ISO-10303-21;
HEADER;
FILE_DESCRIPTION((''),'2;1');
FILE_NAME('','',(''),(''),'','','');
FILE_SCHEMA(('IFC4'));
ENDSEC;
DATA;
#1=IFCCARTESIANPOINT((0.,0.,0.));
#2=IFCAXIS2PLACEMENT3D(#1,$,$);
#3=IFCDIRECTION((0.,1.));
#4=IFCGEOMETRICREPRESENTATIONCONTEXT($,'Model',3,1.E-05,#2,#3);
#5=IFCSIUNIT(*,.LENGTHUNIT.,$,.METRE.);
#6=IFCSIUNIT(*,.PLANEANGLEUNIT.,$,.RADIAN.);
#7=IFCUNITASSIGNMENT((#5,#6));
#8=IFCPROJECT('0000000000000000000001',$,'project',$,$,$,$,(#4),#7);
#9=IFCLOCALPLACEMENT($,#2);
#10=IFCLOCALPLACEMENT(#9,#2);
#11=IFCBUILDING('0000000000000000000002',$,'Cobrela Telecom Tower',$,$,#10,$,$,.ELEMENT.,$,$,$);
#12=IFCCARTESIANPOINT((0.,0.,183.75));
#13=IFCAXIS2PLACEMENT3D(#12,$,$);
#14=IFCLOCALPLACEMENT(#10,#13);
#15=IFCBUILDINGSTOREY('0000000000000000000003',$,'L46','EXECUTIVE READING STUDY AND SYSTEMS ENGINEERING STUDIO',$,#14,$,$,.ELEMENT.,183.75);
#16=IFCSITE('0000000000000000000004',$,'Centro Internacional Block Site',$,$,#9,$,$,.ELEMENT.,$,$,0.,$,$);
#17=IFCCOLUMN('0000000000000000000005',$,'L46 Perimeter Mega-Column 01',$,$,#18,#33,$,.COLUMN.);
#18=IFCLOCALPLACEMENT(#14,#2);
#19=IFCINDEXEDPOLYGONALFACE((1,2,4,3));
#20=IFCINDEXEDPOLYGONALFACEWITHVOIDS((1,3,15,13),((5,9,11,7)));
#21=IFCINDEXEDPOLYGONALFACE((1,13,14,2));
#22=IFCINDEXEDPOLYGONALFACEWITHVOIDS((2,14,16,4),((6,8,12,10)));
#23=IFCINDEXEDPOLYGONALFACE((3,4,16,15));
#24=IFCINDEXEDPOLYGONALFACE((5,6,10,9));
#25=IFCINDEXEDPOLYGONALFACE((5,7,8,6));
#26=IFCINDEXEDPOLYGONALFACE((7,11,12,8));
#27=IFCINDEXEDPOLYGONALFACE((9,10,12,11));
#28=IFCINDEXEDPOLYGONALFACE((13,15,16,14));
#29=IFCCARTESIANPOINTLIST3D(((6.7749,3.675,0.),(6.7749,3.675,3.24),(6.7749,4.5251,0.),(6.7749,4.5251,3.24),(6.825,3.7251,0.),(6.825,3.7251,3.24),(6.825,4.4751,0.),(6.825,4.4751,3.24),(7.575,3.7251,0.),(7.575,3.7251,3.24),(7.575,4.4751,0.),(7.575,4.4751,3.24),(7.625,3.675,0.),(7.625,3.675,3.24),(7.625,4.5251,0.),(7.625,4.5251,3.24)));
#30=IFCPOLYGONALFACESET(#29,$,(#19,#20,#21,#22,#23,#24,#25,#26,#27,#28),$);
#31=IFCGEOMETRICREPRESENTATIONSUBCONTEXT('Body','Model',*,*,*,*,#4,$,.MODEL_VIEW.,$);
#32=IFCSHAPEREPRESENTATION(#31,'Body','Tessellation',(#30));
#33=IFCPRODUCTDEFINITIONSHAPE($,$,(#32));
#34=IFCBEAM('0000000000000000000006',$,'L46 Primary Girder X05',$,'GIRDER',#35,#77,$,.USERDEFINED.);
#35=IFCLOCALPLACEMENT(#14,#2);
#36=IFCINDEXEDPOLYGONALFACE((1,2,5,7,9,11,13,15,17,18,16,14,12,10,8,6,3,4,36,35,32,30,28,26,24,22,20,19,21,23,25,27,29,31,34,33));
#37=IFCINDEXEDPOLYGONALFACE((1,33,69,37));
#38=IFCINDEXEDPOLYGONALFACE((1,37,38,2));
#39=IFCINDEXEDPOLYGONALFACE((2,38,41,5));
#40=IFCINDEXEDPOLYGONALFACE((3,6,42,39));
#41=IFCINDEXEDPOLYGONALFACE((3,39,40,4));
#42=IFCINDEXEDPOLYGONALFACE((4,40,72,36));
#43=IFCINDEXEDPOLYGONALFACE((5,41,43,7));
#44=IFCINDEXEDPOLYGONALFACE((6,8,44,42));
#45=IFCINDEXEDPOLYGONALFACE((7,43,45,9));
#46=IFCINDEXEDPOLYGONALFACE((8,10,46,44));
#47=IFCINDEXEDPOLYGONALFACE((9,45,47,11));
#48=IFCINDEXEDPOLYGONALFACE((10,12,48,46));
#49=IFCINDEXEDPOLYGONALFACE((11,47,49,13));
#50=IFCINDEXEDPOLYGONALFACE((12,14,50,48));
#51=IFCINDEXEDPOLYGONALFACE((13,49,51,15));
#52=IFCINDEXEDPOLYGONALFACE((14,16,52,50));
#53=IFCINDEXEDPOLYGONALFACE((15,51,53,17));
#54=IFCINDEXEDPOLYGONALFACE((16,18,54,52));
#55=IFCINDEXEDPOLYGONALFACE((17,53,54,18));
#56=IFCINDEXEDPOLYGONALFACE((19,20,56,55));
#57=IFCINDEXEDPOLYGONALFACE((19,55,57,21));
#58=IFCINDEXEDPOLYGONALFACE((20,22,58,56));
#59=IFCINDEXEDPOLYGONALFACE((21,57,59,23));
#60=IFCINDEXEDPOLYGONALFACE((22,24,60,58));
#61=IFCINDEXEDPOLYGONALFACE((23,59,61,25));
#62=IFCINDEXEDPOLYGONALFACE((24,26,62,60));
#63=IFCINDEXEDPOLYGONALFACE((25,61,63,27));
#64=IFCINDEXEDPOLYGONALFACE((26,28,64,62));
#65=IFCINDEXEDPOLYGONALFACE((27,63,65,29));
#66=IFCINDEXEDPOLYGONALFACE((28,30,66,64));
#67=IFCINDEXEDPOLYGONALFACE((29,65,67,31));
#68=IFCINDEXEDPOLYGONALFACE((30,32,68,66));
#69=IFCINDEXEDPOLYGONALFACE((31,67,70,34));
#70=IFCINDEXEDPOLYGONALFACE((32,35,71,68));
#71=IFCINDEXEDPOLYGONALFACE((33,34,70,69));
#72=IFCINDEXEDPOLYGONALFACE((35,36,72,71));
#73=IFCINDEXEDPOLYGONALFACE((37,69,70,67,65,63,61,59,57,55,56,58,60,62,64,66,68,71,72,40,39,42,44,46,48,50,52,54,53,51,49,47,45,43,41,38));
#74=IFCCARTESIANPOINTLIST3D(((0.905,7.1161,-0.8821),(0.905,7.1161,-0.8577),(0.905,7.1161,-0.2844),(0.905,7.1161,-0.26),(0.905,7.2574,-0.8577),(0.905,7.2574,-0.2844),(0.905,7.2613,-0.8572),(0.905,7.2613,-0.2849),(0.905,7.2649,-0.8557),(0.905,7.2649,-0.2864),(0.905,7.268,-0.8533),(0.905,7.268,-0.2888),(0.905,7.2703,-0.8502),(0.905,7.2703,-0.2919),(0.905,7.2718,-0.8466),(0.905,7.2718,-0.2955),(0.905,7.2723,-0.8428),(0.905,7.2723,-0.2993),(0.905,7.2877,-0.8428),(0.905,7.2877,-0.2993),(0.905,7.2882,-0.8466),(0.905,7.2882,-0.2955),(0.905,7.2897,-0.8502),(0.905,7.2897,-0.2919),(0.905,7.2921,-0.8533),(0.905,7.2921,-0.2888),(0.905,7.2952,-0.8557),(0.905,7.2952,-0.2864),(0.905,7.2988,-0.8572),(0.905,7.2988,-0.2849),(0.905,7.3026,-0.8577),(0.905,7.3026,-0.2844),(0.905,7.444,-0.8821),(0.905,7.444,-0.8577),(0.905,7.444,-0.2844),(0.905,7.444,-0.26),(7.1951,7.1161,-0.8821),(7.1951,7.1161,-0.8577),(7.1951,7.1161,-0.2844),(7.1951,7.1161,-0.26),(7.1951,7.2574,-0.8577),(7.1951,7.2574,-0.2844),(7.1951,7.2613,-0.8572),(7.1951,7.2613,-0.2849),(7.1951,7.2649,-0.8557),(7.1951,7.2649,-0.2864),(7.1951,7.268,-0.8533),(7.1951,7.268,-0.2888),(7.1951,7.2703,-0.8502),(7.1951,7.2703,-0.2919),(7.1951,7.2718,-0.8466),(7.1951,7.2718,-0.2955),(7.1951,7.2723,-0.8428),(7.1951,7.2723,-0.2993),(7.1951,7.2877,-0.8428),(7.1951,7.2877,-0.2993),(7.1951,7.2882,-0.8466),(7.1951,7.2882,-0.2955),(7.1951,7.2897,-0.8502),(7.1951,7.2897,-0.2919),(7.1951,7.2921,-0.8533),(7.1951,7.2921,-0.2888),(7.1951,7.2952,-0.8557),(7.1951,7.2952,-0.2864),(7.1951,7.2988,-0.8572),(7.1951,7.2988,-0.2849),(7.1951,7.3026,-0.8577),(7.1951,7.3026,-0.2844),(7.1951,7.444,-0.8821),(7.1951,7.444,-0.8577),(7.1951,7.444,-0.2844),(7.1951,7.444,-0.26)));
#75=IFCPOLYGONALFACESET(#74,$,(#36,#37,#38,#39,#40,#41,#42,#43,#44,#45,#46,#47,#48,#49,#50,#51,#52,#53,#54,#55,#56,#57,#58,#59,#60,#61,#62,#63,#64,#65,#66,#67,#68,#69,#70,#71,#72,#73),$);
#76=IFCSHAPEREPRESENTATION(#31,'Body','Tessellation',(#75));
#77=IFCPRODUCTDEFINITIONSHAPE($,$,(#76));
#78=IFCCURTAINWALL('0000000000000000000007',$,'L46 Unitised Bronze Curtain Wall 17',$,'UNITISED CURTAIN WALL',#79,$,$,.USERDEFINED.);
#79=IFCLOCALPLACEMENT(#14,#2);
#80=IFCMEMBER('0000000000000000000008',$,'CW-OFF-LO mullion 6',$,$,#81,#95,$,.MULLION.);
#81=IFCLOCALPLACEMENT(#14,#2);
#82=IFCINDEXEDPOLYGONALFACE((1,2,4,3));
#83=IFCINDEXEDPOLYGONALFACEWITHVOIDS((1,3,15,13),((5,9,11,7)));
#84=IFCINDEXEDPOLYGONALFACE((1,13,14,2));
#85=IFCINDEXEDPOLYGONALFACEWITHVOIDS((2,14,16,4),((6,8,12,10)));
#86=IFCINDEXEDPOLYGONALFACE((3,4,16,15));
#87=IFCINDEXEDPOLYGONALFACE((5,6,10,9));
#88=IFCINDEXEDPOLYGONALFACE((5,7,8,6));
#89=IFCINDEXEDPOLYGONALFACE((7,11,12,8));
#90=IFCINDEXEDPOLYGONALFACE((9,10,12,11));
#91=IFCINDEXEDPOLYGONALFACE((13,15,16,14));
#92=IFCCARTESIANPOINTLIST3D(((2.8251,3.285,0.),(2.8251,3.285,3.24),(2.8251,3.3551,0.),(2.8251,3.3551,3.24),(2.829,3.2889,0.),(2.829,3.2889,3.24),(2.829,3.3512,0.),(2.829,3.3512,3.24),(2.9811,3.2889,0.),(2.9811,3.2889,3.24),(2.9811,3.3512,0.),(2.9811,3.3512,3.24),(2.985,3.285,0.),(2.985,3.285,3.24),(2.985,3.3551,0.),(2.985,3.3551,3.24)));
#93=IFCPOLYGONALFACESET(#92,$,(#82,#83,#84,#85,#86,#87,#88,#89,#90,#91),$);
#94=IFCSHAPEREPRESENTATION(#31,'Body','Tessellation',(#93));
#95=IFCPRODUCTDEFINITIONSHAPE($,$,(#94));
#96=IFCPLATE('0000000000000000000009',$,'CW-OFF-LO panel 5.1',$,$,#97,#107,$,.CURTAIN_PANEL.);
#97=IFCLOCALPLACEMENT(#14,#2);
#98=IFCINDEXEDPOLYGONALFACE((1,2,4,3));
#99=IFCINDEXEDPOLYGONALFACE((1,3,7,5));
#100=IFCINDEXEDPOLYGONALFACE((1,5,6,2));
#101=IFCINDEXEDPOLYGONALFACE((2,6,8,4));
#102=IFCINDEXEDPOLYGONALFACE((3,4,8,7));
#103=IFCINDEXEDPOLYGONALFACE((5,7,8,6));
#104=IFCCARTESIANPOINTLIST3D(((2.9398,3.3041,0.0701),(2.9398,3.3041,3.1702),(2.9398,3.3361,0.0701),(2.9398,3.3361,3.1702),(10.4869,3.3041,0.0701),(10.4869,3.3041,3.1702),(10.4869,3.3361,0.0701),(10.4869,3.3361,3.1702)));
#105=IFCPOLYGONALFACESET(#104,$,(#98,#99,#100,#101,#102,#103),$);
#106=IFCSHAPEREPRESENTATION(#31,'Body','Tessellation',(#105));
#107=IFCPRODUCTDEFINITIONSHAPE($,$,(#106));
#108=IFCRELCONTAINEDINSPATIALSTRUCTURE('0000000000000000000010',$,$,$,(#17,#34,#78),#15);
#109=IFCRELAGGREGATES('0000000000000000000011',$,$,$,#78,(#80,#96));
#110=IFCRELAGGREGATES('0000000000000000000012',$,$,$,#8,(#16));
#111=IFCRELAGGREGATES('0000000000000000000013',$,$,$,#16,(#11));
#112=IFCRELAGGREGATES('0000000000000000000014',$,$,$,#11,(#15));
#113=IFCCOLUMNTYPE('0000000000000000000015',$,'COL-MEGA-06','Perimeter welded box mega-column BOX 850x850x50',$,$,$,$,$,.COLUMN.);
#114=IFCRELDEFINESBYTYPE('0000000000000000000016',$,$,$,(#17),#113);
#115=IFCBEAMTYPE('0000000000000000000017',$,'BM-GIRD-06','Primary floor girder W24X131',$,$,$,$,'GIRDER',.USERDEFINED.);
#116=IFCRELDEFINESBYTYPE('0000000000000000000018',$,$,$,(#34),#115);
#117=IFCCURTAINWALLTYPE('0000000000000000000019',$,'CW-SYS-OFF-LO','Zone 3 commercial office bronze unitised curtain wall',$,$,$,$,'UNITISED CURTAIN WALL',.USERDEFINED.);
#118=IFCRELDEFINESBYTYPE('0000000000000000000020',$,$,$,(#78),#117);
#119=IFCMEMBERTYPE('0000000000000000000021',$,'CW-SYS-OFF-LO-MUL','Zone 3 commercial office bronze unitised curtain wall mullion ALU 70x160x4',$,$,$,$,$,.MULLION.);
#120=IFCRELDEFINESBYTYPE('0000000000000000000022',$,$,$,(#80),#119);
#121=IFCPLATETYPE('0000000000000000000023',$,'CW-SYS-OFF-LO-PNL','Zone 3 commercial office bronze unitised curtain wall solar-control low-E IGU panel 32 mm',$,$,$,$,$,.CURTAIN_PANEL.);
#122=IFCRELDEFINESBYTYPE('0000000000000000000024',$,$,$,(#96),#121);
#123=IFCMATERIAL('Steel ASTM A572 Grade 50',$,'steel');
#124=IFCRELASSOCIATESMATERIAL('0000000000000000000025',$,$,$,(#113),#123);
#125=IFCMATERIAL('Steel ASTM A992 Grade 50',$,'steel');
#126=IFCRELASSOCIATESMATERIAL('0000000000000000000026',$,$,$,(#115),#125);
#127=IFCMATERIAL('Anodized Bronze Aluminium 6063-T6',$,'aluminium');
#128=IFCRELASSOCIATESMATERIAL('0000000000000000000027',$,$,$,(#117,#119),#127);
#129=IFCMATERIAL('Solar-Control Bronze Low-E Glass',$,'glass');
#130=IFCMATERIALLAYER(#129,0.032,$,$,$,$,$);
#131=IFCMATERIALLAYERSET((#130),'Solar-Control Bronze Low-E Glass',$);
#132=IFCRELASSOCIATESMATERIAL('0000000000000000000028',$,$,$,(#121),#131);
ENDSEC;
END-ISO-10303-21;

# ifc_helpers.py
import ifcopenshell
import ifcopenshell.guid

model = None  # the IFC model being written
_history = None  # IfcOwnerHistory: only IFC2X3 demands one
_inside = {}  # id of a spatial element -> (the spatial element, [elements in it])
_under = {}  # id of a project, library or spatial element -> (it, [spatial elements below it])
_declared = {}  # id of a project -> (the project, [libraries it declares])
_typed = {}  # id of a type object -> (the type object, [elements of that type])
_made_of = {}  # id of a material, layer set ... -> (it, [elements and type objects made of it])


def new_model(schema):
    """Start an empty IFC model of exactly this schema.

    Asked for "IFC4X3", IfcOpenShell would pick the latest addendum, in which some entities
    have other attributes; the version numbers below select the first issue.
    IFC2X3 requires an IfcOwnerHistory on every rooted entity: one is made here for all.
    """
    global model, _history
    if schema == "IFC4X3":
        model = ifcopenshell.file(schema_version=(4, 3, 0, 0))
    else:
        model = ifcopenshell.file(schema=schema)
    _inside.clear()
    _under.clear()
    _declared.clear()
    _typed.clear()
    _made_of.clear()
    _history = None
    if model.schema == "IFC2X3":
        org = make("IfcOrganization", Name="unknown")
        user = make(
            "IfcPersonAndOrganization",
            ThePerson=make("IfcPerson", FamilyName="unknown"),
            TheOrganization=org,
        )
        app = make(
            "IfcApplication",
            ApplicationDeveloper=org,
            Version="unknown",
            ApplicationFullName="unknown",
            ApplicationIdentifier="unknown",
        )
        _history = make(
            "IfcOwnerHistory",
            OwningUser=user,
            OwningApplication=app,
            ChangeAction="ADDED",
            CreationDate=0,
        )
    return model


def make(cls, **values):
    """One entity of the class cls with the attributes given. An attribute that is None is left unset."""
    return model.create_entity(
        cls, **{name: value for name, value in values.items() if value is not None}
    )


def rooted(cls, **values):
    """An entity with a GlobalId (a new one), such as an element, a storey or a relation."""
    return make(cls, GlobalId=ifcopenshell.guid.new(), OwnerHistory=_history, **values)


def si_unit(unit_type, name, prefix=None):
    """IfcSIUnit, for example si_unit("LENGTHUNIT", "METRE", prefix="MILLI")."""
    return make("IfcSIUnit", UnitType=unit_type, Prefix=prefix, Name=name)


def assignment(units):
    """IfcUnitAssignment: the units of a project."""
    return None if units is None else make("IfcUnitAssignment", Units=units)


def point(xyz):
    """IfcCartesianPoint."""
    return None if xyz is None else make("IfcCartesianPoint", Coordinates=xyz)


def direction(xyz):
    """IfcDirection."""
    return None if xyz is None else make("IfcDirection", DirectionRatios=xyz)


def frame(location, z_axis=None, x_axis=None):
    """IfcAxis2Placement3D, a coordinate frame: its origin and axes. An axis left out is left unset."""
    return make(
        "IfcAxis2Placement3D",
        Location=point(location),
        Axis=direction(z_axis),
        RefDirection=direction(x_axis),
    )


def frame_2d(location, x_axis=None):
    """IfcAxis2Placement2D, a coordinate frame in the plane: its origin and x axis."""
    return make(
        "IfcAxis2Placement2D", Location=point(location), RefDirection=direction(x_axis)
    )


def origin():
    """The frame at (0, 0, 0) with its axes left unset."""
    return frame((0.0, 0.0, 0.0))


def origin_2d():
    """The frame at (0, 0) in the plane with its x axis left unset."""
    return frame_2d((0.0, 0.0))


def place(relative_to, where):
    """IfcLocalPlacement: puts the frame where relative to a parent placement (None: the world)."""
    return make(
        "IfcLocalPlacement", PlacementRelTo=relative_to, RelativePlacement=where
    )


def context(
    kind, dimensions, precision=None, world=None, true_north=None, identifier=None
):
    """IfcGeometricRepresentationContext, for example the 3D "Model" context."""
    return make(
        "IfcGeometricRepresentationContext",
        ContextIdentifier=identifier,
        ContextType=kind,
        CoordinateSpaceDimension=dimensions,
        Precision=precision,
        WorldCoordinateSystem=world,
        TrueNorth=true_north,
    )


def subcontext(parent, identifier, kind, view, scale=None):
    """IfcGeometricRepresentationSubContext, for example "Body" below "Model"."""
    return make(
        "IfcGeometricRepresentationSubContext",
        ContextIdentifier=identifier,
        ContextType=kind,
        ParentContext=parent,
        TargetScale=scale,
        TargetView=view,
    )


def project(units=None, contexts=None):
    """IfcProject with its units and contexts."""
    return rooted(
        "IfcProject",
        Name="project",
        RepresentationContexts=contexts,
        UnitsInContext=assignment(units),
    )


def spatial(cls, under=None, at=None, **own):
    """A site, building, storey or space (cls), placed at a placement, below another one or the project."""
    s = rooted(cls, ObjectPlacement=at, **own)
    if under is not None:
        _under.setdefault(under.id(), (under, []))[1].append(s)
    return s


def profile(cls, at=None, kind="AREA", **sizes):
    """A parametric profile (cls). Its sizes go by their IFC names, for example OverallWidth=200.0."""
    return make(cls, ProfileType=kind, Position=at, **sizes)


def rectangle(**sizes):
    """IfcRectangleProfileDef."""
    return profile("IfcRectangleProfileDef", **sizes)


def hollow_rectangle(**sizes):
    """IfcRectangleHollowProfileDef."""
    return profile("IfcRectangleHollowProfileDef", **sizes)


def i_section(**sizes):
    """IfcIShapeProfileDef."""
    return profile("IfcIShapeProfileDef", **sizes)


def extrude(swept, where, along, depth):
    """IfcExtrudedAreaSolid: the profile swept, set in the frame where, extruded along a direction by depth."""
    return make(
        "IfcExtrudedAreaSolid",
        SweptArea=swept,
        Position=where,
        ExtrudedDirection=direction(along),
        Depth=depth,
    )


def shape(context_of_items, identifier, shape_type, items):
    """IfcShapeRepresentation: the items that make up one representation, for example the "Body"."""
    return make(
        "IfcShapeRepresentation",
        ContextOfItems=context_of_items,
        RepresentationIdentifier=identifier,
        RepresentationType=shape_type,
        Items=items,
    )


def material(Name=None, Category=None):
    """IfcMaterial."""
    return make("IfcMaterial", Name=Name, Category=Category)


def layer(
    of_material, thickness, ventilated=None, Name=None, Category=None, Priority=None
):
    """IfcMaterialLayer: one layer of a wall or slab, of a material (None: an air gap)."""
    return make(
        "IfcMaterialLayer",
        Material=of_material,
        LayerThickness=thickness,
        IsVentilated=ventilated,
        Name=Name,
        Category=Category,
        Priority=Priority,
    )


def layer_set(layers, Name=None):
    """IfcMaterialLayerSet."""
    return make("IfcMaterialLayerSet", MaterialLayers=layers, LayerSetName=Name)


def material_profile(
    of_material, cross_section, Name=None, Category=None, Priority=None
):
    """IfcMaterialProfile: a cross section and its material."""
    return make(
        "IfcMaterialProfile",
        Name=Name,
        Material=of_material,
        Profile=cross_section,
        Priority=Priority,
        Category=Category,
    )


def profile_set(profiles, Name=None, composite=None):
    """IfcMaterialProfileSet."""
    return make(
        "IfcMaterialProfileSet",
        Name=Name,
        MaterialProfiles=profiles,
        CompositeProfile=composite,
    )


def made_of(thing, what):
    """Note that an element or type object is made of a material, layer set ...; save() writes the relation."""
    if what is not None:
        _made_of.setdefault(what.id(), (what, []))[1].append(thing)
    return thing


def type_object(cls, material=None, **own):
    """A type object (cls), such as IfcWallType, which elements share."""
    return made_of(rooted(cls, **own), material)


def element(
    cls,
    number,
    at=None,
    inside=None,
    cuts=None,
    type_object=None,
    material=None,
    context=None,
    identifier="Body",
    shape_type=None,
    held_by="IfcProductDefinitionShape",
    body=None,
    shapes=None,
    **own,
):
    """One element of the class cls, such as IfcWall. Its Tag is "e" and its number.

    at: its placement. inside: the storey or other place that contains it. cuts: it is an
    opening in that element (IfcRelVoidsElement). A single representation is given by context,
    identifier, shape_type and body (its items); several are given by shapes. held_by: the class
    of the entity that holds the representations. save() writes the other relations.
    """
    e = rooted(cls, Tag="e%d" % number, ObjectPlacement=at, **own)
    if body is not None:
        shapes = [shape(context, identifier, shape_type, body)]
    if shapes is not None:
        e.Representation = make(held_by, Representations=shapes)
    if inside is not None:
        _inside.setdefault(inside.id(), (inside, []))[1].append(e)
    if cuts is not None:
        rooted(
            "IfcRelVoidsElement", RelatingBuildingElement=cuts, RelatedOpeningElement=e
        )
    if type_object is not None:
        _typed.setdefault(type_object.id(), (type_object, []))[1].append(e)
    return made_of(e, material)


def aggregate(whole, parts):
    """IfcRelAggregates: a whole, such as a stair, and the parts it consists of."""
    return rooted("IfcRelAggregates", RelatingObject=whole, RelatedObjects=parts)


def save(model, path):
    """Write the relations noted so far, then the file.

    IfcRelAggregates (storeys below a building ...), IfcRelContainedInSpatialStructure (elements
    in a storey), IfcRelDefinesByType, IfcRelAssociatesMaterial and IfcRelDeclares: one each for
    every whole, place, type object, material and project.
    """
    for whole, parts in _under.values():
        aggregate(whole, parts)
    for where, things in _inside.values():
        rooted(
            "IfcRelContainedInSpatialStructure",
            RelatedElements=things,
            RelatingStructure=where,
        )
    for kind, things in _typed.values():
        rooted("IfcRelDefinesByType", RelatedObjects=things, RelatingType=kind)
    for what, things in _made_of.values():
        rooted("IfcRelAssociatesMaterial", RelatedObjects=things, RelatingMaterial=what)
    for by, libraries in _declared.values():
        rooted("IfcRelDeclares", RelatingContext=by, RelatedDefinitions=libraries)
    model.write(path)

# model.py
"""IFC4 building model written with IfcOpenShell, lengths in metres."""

from ifc_helpers import new_model, si_unit, direction, frame, origin, origin_2d, place, context, subcontext, project, spatial, rectangle, hollow_rectangle, i_section, extrude, material, layer, layer_set, material_profile, profile_set, type_object, element, aggregate, save


model = new_model("IFC4")

# Units and contexts
model_context = context("Model", 3, precision=1e-05, world=origin(), true_north=direction((0.0, 1.0)))
body_context = subcontext(model_context, "Body", "Model", "MODEL_VIEW")
ifc_project = project(units=[si_unit("LENGTHUNIT", "METRE"), si_unit("PLANEANGLEUNIT", "RADIAN")], contexts=[model_context])

# Site, building, storey
site_placement = place(None, origin())
site = spatial("IfcSite", under=ifc_project, at=site_placement, Name="Centro Internacional Block Site", CompositionType="ELEMENT", RefElevation=0.0)
building_placement = place(site_placement, origin())
building = spatial("IfcBuilding", under=site, at=building_placement, Name="Cobrela Telecom Tower", CompositionType="ELEMENT")
storey_placement = place(building_placement, frame((0.0, 0.0, 183.75)))
storey = spatial("IfcBuildingStorey", under=building, at=storey_placement, Name="L46", Description="EXECUTIVE READING STUDY AND SYSTEMS ENGINEERING STUDIO", CompositionType="ELEMENT", Elevation=183.75)

# Column
ifc_material_1 = material(Name="Steel ASTM A572 Grade 50", Category="steel")
ifc_material_profile_1 = material_profile(ifc_material_1, hollow_rectangle(XDim=0.8501, YDim=0.8501, WallThickness=0.05, at=origin_2d()), Name="BOX 850x850x50")
ifc_profile_set_1 = profile_set([ifc_material_profile_1], Name="Steel ASTM A572 Grade 50")
column_type = type_object("IfcColumnType", Name="COL-MEGA-06", Description="Perimeter welded box mega-column BOX 850x850x50", PredefinedType="COLUMN", material=ifc_profile_set_1)
column_placement = place(storey_placement, frame((7.2, 4.1001, 0.0), z_axis=(0.0, 0.0, 1.0), x_axis=(1.0, 0.0, 0.0)))
element("IfcColumn", 1, at=column_placement, inside=storey, type_object=column_type, Name="L46 Perimeter Mega-Column 01", PredefinedType="COLUMN", context=body_context, shape_type="SweptSolid", body=[
    extrude(hollow_rectangle(XDim=0.8501, YDim=0.8501, WallThickness=0.05, at=origin_2d()), origin(), (0.0, 0.0, 1.0), 3.24),
])

# Beam
ifc_material_2 = material(Name="Steel ASTM A992 Grade 50", Category="steel")
ifc_material_profile_2 = material_profile(ifc_material_2, i_section(OverallWidth=0.3279, OverallDepth=0.6221, WebThickness=0.0154, FlangeThickness=0.0244, FilletRadius=0.0149, at=origin_2d()), Name="W24X131")
ifc_profile_set_2 = profile_set([ifc_material_profile_2], Name="Steel ASTM A992 Grade 50")
beam_type = type_object("IfcBeamType", Name="BM-GIRD-06", Description="Primary floor girder W24X131", ElementType="GIRDER", PredefinedType="USERDEFINED", material=ifc_profile_set_2)
beam_placement = place(storey_placement, frame((0.905, 7.28, -0.571), z_axis=(1.0, 0.0, 0.0), x_axis=(0.0, 1.0, 0.0)))
element("IfcBeam", 2, at=beam_placement, inside=storey, type_object=beam_type, Name="L46 Primary Girder X05", ObjectType="GIRDER", PredefinedType="USERDEFINED", context=body_context, shape_type="SweptSolid", body=[
    extrude(i_section(OverallWidth=0.3279, OverallDepth=0.6221, WebThickness=0.0154, FlangeThickness=0.0244, FilletRadius=0.0149, at=origin_2d()), origin(), (0.0, 0.0, 1.0), 6.29),
])

# Curtain wall, member, plate
ifc_material_3 = material(Name="Anodized Bronze Aluminium 6063-T6", Category="aluminium")
curtain_wall_type = type_object("IfcCurtainWallType", Name="CW-SYS-OFF-LO", Description="Zone 3 commercial office bronze unitised curtain wall", ElementType="UNITISED CURTAIN WALL", PredefinedType="USERDEFINED", material=ifc_material_3)
curtain_wall_placement = place(storey_placement, origin())
curtain_wall = element("IfcCurtainWall", 3, at=curtain_wall_placement, inside=storey, type_object=curtain_wall_type, Name="L46 Unitised Bronze Curtain Wall 17", ObjectType="UNITISED CURTAIN WALL", PredefinedType="USERDEFINED")
ifc_material_profile_3 = material_profile(ifc_material_3, hollow_rectangle(XDim=0.0701, YDim=0.1599, WallThickness=0.0039, at=origin_2d()), Name="ALU 70x160x4")
ifc_profile_set_3 = profile_set([ifc_material_profile_3], Name="Anodized Bronze Aluminium 6063-T6")
member_type = type_object("IfcMemberType", Name="CW-SYS-OFF-LO-MUL", Description="Zone 3 commercial office bronze unitised curtain wall mullion ALU 70x160x4", PredefinedType="MULLION", material=ifc_profile_set_3)
member_placement = place(storey_placement, frame((2.905, 3.3201, 0.0), z_axis=(0.0, 0.0, 1.0), x_axis=(0.0, -1.0, 0.0)))
member = element("IfcMember", 4, at=member_placement, type_object=member_type, Name="CW-OFF-LO mullion 6", PredefinedType="MULLION", context=body_context, shape_type="SweptSolid", body=[
    extrude(hollow_rectangle(XDim=0.0701, YDim=0.1599, WallThickness=0.0039, at=origin_2d()), origin(), (0.0, 0.0, 1.0), 3.24),
])
ifc_material_4 = material(Name="Solar-Control Bronze Low-E Glass", Category="glass")
ifc_layer_1 = layer(ifc_material_4, 0.032)
ifc_layer_set_1 = layer_set([ifc_layer_1], Name="Solar-Control Bronze Low-E Glass")
plate_type = type_object("IfcPlateType", Name="CW-SYS-OFF-LO-PNL", Description="Zone 3 commercial office bronze unitised curtain wall solar-control low-E IGU panel 32 mm", PredefinedType="CURTAIN_PANEL", material=ifc_layer_set_1)
plate_placement = place(storey_placement, frame((6.7134, 3.3201, 0.0701), z_axis=(0.0, 0.0, 1.0), x_axis=(-1.0, 0.0, 0.0)))
plate = element("IfcPlate", 5, at=plate_placement, type_object=plate_type, Name="CW-OFF-LO panel 5.1", PredefinedType="CURTAIN_PANEL", context=body_context, shape_type="SweptSolid", body=[
    extrude(rectangle(XDim=7.5471, YDim=0.032, at=origin_2d()), origin(), (0.0, 0.0, 1.0), 3.1001),
])
aggregate(curtain_wall, [member, plate])

save(model, "model.ifc")
